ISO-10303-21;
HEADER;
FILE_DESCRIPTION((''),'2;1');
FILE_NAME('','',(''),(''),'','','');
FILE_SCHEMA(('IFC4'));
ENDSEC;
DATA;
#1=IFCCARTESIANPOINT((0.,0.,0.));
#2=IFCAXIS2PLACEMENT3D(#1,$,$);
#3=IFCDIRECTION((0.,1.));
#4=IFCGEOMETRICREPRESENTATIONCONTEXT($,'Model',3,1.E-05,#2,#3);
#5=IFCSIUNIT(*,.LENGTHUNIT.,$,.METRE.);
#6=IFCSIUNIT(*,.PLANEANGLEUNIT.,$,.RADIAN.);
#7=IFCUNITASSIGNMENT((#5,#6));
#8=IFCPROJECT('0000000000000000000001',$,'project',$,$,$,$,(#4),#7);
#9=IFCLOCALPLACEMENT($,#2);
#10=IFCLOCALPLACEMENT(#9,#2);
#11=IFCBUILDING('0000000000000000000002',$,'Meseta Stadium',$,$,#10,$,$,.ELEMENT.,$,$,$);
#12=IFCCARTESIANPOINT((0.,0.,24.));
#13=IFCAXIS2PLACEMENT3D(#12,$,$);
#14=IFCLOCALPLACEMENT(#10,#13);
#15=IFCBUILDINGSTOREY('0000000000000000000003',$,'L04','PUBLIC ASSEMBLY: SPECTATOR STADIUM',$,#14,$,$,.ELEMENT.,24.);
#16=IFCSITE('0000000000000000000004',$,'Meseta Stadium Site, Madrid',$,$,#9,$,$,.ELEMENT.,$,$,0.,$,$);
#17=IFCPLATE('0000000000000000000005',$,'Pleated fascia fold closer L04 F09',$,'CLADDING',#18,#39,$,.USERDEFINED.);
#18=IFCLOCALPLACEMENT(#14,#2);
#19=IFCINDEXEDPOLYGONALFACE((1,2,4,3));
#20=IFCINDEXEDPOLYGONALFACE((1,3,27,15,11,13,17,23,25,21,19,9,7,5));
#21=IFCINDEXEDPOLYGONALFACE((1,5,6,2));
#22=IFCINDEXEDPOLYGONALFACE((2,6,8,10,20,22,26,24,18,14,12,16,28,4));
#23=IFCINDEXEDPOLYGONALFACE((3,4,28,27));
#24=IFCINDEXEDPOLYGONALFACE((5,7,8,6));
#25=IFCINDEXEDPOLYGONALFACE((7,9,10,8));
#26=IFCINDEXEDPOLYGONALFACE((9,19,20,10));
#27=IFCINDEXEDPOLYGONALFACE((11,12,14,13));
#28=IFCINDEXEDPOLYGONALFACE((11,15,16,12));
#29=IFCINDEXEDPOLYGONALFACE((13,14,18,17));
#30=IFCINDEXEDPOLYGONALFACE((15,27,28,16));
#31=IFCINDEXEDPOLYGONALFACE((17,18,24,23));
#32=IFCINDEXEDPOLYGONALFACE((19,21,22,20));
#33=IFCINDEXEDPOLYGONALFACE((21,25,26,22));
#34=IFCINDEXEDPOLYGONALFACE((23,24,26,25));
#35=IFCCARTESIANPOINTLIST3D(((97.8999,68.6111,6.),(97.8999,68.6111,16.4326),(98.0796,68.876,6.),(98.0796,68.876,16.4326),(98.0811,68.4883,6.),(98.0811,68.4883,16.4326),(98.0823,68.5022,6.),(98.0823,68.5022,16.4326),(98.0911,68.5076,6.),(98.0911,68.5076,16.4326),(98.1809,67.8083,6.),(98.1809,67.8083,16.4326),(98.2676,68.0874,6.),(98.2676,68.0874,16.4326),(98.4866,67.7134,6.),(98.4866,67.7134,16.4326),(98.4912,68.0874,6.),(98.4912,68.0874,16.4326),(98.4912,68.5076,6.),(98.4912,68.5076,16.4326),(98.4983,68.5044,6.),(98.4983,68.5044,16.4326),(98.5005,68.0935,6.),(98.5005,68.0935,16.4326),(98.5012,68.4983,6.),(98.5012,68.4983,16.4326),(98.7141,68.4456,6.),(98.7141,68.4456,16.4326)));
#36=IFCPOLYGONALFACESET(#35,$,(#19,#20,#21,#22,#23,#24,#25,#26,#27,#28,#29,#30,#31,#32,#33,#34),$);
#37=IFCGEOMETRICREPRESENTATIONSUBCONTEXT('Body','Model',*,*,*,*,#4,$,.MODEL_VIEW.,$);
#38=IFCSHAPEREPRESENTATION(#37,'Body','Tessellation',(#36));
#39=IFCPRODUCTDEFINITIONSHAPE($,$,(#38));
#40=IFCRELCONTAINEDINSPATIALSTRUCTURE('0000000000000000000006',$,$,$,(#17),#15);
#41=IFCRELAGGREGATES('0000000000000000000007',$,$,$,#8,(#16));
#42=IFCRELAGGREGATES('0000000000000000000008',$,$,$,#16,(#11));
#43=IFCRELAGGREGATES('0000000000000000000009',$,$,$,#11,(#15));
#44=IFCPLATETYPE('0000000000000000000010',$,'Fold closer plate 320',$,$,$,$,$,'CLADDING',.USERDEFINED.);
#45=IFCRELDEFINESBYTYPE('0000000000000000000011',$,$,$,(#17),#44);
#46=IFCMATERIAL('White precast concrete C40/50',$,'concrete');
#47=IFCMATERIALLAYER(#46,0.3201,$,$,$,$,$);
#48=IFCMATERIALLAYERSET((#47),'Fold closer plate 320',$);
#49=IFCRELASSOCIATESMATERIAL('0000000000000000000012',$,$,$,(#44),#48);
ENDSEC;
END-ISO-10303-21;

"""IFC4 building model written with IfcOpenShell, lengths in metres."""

from ifc_helpers import new_model, si_unit, direction, frame, origin, place, context, subcontext, project, spatial, polyline, outline, extrude, material, layer, layer_set, type_object, element, save


model = new_model("IFC4")

# Units and contexts
model_context = context("Model", 3, precision=1e-05, world=origin(), true_north=direction((0.0, 1.0)))
body_context = subcontext(model_context, "Body", "Model", "MODEL_VIEW")
ifc_project = project(units=[si_unit("LENGTHUNIT", "METRE"), si_unit("PLANEANGLEUNIT", "RADIAN")], contexts=[model_context])

# Site, building, storey
site_placement = place(None, origin())
site = spatial("IfcSite", under=ifc_project, at=site_placement, Name="Meseta Stadium Site, Madrid", CompositionType="ELEMENT", RefElevation=0.0)
building_placement = place(site_placement, origin())
building = spatial("IfcBuilding", under=site, at=building_placement, Name="Meseta Stadium", CompositionType="ELEMENT")
storey_placement = place(building_placement, frame((0.0, 0.0, 24.0)))
storey = spatial("IfcBuildingStorey", under=building, at=storey_placement, Name="L04", Description="PUBLIC ASSEMBLY: SPECTATOR STADIUM", CompositionType="ELEMENT", Elevation=24.0)

# Plate
ifc_material_1 = material(Name="White precast concrete C40/50", Category="concrete")
ifc_layer_1 = layer(ifc_material_1, 0.3201)
ifc_layer_set_1 = layer_set([ifc_layer_1], Name="Fold closer plate 320")
plate_type = type_object("IfcPlateType", Name="Fold closer plate 320", ElementType="CLADDING", PredefinedType="USERDEFINED", material=ifc_layer_set_1)
plate_1_placement = place(storey_placement, frame((0.0, 0.0, 6.0)))
element("IfcPlate", 1, at=plate_1_placement, inside=storey, type_object=plate_type, Name="Pleated fascia fold closer L04 F09", ObjectType="CLADDING", PredefinedType="USERDEFINED", context=body_context, shape_type="SweptSolid", body=[
    extrude(outline(polyline([(98.7141, 68.4456), (98.0796, 68.876), (97.8999, 68.6111), (98.0811, 68.4883), (98.0823, 68.5022), (98.0911, 68.5076), (98.4912, 68.5076), (98.4983, 68.5044), (98.5012, 68.4983), (98.5005, 68.0935), (98.4912, 68.0874), (98.2676, 68.0874), (98.1809, 67.8083), (98.4866, 67.7134), (98.7141, 68.4456)])), origin(), (0.0, 0.0, 1.0), 10.4326),
])

save(model, "model.ifc")
